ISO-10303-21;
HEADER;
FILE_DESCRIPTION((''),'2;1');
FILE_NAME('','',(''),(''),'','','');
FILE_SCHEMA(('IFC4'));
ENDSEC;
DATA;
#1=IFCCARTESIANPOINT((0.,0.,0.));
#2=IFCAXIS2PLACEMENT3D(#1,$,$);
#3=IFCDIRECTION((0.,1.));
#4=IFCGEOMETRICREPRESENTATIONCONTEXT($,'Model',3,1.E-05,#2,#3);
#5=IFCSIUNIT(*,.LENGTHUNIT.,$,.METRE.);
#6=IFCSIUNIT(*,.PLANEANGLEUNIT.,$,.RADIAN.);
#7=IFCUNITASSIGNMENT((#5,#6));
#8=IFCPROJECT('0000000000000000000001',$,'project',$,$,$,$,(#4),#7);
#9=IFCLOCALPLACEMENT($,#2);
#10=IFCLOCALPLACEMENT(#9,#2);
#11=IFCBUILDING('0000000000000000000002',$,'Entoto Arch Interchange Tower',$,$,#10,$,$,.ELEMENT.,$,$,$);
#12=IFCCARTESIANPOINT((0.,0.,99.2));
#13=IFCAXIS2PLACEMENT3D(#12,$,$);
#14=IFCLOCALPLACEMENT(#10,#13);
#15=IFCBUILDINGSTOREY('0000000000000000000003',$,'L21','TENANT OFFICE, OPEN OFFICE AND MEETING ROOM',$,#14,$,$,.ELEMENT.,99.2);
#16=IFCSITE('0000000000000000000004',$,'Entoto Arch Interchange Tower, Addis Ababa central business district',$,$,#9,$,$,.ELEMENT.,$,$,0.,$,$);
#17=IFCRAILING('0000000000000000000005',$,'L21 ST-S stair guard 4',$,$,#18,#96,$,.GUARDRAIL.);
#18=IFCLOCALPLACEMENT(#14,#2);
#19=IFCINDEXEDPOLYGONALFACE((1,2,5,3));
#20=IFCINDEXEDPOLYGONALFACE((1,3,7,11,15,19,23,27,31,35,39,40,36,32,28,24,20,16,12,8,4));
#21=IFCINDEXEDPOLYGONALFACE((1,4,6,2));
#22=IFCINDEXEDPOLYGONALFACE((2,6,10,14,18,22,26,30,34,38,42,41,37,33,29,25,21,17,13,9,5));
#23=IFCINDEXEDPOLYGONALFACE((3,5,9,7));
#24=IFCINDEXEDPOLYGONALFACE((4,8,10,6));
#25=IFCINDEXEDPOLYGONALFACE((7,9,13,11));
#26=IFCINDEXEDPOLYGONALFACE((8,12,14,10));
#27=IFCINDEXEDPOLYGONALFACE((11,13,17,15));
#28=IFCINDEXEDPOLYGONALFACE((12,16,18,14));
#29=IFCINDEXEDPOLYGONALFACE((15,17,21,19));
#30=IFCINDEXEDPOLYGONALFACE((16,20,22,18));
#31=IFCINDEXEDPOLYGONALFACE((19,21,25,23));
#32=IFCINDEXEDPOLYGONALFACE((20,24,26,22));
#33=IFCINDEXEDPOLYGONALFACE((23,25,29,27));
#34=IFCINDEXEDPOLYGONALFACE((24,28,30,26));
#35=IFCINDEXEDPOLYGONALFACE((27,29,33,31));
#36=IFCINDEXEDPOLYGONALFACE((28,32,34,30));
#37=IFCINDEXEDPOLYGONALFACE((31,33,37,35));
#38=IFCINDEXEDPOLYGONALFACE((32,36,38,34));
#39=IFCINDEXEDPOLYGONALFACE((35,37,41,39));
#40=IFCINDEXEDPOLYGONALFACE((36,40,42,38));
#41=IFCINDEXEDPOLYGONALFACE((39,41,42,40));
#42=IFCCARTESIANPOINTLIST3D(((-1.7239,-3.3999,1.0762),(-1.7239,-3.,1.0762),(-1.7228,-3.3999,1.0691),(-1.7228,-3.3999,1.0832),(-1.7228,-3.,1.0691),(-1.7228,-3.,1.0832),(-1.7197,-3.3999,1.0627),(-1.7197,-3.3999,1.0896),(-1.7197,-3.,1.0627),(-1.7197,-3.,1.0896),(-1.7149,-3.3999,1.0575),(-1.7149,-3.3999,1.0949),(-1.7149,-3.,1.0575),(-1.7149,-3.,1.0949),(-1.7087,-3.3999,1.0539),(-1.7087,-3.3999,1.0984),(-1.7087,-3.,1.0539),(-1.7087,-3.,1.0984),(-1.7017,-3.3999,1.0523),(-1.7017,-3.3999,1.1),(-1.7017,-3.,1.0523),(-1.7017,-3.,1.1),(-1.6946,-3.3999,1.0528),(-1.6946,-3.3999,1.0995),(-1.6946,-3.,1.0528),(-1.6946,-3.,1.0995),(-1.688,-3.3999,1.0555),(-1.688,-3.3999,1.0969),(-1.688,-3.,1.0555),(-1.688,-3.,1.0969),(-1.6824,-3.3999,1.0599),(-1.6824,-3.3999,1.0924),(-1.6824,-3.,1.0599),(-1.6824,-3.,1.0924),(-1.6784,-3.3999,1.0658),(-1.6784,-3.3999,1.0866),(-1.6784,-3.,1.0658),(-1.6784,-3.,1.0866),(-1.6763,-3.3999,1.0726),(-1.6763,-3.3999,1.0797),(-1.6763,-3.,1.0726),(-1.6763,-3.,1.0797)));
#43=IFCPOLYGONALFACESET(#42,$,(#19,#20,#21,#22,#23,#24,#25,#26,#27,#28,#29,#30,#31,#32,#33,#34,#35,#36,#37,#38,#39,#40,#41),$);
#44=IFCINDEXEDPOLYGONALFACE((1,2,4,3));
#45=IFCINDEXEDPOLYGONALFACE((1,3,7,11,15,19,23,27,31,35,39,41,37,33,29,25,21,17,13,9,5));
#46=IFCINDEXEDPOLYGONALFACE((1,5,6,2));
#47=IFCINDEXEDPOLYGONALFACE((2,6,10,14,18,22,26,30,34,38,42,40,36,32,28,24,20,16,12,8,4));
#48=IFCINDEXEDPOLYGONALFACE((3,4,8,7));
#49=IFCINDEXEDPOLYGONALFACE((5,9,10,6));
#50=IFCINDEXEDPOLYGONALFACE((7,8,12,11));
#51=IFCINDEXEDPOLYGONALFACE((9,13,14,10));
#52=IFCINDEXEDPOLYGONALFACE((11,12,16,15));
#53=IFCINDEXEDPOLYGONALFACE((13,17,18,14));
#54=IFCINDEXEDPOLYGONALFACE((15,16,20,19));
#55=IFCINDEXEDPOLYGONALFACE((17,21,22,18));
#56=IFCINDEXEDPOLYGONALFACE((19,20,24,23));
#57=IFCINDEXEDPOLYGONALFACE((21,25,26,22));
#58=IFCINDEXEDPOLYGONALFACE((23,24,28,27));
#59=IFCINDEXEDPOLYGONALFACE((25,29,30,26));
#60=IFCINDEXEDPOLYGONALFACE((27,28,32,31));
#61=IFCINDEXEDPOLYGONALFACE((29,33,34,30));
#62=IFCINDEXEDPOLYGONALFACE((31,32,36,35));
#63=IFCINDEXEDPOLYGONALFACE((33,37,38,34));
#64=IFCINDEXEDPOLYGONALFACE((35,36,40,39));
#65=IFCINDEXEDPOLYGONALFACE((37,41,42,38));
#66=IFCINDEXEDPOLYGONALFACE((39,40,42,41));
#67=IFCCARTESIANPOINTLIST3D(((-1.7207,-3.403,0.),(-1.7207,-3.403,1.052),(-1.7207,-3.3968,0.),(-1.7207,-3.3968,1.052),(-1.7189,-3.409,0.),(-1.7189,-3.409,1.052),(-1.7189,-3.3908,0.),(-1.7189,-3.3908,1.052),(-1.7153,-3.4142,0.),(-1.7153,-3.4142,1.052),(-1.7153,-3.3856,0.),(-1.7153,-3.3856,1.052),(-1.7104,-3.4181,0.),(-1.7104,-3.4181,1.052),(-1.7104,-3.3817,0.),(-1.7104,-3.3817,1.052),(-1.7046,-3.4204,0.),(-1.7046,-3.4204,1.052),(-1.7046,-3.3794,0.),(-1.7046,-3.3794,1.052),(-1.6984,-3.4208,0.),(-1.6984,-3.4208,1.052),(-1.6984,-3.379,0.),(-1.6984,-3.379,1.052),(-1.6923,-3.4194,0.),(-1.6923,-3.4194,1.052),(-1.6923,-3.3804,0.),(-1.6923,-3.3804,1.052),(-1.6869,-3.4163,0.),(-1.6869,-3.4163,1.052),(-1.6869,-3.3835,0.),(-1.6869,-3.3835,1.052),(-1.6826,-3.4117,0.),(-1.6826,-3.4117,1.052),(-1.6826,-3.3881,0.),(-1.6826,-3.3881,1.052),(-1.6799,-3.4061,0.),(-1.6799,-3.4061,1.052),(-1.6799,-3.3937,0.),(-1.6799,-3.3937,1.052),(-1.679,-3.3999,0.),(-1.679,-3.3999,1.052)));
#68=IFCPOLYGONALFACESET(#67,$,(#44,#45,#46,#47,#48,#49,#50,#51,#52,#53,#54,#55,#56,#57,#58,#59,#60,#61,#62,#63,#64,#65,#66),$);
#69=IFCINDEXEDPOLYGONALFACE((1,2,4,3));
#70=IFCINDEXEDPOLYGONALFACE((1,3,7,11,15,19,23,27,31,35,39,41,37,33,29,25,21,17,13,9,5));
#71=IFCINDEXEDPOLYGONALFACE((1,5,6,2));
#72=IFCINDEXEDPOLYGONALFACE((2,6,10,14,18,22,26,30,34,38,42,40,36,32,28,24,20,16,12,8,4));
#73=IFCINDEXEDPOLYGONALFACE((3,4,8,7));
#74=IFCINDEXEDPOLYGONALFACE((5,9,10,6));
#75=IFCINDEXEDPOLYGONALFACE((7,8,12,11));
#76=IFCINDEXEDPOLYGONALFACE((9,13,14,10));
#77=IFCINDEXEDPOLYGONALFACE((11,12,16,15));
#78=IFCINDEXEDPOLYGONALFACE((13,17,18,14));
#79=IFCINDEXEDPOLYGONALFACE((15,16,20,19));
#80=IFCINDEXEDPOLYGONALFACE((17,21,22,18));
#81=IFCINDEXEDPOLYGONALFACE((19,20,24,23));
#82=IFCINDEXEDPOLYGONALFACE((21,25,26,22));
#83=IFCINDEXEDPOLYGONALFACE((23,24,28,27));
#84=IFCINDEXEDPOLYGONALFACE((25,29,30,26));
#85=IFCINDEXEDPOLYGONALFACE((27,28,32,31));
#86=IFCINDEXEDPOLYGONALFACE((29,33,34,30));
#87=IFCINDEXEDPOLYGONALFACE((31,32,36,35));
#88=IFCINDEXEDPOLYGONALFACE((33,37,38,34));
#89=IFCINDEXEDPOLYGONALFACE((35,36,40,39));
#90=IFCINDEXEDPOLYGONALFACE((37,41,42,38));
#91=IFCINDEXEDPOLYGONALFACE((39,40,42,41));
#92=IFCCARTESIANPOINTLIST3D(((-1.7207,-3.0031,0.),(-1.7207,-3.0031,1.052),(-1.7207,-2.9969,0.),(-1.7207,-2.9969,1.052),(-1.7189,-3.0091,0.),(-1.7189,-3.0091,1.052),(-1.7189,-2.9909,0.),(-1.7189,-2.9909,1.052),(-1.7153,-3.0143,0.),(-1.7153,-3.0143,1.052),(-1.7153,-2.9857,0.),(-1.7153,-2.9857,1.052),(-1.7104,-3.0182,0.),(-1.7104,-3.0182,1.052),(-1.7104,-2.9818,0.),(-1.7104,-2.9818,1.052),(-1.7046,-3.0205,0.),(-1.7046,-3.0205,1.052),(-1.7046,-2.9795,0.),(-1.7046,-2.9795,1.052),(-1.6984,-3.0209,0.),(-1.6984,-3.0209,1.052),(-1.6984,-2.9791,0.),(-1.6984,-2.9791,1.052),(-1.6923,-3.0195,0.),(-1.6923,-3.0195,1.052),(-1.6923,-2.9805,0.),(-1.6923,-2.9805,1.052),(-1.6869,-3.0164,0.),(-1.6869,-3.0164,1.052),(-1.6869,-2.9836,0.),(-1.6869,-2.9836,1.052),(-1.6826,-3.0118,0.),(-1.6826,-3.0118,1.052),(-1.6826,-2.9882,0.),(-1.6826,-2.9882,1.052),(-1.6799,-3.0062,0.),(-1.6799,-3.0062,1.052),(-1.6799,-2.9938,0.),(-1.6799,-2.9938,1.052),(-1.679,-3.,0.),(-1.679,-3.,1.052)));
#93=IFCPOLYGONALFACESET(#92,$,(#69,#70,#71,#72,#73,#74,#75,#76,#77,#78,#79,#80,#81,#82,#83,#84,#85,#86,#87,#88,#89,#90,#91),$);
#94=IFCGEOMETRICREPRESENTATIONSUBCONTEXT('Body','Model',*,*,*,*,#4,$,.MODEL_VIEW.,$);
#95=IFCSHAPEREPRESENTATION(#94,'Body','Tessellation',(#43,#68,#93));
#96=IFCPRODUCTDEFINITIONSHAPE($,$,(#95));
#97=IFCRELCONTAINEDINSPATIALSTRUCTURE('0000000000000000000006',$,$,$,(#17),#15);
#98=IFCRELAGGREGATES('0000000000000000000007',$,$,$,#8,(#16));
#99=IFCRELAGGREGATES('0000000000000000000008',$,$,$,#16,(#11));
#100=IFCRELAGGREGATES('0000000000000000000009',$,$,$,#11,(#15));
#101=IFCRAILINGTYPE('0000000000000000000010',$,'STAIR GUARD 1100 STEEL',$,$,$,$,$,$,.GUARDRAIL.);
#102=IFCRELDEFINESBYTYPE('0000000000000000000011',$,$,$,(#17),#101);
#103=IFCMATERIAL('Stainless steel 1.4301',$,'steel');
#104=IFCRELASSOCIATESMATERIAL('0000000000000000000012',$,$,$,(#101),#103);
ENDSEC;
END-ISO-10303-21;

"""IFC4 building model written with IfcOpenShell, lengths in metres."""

from ifc_helpers import new_model, si_unit, direction, frame, origin, origin_2d, place, context, subcontext, project, spatial, circle, extrude, material, type_object, element, save


model = new_model("IFC4")

# Units and contexts
model_context = context("Model", 3, precision=1e-05, world=origin(), true_north=direction((0.0, 1.0)))
body_context = subcontext(model_context, "Body", "Model", "MODEL_VIEW")
ifc_project = project(units=[si_unit("LENGTHUNIT", "METRE"), si_unit("PLANEANGLEUNIT", "RADIAN")], contexts=[model_context])

# Site, building, storey
site_placement = place(None, origin())
site = spatial("IfcSite", under=ifc_project, at=site_placement, Name="Entoto Arch Interchange Tower, Addis Ababa central business district", CompositionType="ELEMENT", RefElevation=0.0)
building_placement = place(site_placement, origin())
building = spatial("IfcBuilding", under=site, at=building_placement, Name="Entoto Arch Interchange Tower", CompositionType="ELEMENT")
storey_placement = place(building_placement, frame((0.0, 0.0, 99.2)))
storey = spatial("IfcBuildingStorey", under=building, at=storey_placement, Name="L21", Description="TENANT OFFICE, OPEN OFFICE AND MEETING ROOM", CompositionType="ELEMENT", Elevation=99.2)

# Railing
ifc_material_1 = material(Name="Stainless steel 1.4301", Category="steel")
railing_type_1 = type_object("IfcRailingType", Name="STAIR GUARD 1100 STEEL", PredefinedType="GUARDRAIL", material=ifc_material_1)
railing_1_placement = place(storey_placement, frame((-1.7, -3.3999, 0.0)))
element("IfcRailing", 1, at=railing_1_placement, inside=storey, type_object=railing_type_1, Name="L21 ST-S stair guard 4", PredefinedType="GUARDRAIL", context=body_context, shape_type="SweptSolid", body=[
    extrude(circle(Radius=0.0239, at=origin_2d()), frame((0.0, 0.0, 1.0762), z_axis=(0.0, 1.0, 0.0), x_axis=(-1.0, 0.0, 0.0)), (0.0, 0.0, 1.0), 0.3999),
    extrude(circle(Radius=0.021, at=origin_2d()), origin(), (0.0, 0.0, 1.0), 1.052),
    extrude(circle(Radius=0.021, at=origin_2d()), frame((0.0, 0.3999, 0.0)), (0.0, 0.0, 1.0), 1.052),
])

save(model, "model.ifc")
